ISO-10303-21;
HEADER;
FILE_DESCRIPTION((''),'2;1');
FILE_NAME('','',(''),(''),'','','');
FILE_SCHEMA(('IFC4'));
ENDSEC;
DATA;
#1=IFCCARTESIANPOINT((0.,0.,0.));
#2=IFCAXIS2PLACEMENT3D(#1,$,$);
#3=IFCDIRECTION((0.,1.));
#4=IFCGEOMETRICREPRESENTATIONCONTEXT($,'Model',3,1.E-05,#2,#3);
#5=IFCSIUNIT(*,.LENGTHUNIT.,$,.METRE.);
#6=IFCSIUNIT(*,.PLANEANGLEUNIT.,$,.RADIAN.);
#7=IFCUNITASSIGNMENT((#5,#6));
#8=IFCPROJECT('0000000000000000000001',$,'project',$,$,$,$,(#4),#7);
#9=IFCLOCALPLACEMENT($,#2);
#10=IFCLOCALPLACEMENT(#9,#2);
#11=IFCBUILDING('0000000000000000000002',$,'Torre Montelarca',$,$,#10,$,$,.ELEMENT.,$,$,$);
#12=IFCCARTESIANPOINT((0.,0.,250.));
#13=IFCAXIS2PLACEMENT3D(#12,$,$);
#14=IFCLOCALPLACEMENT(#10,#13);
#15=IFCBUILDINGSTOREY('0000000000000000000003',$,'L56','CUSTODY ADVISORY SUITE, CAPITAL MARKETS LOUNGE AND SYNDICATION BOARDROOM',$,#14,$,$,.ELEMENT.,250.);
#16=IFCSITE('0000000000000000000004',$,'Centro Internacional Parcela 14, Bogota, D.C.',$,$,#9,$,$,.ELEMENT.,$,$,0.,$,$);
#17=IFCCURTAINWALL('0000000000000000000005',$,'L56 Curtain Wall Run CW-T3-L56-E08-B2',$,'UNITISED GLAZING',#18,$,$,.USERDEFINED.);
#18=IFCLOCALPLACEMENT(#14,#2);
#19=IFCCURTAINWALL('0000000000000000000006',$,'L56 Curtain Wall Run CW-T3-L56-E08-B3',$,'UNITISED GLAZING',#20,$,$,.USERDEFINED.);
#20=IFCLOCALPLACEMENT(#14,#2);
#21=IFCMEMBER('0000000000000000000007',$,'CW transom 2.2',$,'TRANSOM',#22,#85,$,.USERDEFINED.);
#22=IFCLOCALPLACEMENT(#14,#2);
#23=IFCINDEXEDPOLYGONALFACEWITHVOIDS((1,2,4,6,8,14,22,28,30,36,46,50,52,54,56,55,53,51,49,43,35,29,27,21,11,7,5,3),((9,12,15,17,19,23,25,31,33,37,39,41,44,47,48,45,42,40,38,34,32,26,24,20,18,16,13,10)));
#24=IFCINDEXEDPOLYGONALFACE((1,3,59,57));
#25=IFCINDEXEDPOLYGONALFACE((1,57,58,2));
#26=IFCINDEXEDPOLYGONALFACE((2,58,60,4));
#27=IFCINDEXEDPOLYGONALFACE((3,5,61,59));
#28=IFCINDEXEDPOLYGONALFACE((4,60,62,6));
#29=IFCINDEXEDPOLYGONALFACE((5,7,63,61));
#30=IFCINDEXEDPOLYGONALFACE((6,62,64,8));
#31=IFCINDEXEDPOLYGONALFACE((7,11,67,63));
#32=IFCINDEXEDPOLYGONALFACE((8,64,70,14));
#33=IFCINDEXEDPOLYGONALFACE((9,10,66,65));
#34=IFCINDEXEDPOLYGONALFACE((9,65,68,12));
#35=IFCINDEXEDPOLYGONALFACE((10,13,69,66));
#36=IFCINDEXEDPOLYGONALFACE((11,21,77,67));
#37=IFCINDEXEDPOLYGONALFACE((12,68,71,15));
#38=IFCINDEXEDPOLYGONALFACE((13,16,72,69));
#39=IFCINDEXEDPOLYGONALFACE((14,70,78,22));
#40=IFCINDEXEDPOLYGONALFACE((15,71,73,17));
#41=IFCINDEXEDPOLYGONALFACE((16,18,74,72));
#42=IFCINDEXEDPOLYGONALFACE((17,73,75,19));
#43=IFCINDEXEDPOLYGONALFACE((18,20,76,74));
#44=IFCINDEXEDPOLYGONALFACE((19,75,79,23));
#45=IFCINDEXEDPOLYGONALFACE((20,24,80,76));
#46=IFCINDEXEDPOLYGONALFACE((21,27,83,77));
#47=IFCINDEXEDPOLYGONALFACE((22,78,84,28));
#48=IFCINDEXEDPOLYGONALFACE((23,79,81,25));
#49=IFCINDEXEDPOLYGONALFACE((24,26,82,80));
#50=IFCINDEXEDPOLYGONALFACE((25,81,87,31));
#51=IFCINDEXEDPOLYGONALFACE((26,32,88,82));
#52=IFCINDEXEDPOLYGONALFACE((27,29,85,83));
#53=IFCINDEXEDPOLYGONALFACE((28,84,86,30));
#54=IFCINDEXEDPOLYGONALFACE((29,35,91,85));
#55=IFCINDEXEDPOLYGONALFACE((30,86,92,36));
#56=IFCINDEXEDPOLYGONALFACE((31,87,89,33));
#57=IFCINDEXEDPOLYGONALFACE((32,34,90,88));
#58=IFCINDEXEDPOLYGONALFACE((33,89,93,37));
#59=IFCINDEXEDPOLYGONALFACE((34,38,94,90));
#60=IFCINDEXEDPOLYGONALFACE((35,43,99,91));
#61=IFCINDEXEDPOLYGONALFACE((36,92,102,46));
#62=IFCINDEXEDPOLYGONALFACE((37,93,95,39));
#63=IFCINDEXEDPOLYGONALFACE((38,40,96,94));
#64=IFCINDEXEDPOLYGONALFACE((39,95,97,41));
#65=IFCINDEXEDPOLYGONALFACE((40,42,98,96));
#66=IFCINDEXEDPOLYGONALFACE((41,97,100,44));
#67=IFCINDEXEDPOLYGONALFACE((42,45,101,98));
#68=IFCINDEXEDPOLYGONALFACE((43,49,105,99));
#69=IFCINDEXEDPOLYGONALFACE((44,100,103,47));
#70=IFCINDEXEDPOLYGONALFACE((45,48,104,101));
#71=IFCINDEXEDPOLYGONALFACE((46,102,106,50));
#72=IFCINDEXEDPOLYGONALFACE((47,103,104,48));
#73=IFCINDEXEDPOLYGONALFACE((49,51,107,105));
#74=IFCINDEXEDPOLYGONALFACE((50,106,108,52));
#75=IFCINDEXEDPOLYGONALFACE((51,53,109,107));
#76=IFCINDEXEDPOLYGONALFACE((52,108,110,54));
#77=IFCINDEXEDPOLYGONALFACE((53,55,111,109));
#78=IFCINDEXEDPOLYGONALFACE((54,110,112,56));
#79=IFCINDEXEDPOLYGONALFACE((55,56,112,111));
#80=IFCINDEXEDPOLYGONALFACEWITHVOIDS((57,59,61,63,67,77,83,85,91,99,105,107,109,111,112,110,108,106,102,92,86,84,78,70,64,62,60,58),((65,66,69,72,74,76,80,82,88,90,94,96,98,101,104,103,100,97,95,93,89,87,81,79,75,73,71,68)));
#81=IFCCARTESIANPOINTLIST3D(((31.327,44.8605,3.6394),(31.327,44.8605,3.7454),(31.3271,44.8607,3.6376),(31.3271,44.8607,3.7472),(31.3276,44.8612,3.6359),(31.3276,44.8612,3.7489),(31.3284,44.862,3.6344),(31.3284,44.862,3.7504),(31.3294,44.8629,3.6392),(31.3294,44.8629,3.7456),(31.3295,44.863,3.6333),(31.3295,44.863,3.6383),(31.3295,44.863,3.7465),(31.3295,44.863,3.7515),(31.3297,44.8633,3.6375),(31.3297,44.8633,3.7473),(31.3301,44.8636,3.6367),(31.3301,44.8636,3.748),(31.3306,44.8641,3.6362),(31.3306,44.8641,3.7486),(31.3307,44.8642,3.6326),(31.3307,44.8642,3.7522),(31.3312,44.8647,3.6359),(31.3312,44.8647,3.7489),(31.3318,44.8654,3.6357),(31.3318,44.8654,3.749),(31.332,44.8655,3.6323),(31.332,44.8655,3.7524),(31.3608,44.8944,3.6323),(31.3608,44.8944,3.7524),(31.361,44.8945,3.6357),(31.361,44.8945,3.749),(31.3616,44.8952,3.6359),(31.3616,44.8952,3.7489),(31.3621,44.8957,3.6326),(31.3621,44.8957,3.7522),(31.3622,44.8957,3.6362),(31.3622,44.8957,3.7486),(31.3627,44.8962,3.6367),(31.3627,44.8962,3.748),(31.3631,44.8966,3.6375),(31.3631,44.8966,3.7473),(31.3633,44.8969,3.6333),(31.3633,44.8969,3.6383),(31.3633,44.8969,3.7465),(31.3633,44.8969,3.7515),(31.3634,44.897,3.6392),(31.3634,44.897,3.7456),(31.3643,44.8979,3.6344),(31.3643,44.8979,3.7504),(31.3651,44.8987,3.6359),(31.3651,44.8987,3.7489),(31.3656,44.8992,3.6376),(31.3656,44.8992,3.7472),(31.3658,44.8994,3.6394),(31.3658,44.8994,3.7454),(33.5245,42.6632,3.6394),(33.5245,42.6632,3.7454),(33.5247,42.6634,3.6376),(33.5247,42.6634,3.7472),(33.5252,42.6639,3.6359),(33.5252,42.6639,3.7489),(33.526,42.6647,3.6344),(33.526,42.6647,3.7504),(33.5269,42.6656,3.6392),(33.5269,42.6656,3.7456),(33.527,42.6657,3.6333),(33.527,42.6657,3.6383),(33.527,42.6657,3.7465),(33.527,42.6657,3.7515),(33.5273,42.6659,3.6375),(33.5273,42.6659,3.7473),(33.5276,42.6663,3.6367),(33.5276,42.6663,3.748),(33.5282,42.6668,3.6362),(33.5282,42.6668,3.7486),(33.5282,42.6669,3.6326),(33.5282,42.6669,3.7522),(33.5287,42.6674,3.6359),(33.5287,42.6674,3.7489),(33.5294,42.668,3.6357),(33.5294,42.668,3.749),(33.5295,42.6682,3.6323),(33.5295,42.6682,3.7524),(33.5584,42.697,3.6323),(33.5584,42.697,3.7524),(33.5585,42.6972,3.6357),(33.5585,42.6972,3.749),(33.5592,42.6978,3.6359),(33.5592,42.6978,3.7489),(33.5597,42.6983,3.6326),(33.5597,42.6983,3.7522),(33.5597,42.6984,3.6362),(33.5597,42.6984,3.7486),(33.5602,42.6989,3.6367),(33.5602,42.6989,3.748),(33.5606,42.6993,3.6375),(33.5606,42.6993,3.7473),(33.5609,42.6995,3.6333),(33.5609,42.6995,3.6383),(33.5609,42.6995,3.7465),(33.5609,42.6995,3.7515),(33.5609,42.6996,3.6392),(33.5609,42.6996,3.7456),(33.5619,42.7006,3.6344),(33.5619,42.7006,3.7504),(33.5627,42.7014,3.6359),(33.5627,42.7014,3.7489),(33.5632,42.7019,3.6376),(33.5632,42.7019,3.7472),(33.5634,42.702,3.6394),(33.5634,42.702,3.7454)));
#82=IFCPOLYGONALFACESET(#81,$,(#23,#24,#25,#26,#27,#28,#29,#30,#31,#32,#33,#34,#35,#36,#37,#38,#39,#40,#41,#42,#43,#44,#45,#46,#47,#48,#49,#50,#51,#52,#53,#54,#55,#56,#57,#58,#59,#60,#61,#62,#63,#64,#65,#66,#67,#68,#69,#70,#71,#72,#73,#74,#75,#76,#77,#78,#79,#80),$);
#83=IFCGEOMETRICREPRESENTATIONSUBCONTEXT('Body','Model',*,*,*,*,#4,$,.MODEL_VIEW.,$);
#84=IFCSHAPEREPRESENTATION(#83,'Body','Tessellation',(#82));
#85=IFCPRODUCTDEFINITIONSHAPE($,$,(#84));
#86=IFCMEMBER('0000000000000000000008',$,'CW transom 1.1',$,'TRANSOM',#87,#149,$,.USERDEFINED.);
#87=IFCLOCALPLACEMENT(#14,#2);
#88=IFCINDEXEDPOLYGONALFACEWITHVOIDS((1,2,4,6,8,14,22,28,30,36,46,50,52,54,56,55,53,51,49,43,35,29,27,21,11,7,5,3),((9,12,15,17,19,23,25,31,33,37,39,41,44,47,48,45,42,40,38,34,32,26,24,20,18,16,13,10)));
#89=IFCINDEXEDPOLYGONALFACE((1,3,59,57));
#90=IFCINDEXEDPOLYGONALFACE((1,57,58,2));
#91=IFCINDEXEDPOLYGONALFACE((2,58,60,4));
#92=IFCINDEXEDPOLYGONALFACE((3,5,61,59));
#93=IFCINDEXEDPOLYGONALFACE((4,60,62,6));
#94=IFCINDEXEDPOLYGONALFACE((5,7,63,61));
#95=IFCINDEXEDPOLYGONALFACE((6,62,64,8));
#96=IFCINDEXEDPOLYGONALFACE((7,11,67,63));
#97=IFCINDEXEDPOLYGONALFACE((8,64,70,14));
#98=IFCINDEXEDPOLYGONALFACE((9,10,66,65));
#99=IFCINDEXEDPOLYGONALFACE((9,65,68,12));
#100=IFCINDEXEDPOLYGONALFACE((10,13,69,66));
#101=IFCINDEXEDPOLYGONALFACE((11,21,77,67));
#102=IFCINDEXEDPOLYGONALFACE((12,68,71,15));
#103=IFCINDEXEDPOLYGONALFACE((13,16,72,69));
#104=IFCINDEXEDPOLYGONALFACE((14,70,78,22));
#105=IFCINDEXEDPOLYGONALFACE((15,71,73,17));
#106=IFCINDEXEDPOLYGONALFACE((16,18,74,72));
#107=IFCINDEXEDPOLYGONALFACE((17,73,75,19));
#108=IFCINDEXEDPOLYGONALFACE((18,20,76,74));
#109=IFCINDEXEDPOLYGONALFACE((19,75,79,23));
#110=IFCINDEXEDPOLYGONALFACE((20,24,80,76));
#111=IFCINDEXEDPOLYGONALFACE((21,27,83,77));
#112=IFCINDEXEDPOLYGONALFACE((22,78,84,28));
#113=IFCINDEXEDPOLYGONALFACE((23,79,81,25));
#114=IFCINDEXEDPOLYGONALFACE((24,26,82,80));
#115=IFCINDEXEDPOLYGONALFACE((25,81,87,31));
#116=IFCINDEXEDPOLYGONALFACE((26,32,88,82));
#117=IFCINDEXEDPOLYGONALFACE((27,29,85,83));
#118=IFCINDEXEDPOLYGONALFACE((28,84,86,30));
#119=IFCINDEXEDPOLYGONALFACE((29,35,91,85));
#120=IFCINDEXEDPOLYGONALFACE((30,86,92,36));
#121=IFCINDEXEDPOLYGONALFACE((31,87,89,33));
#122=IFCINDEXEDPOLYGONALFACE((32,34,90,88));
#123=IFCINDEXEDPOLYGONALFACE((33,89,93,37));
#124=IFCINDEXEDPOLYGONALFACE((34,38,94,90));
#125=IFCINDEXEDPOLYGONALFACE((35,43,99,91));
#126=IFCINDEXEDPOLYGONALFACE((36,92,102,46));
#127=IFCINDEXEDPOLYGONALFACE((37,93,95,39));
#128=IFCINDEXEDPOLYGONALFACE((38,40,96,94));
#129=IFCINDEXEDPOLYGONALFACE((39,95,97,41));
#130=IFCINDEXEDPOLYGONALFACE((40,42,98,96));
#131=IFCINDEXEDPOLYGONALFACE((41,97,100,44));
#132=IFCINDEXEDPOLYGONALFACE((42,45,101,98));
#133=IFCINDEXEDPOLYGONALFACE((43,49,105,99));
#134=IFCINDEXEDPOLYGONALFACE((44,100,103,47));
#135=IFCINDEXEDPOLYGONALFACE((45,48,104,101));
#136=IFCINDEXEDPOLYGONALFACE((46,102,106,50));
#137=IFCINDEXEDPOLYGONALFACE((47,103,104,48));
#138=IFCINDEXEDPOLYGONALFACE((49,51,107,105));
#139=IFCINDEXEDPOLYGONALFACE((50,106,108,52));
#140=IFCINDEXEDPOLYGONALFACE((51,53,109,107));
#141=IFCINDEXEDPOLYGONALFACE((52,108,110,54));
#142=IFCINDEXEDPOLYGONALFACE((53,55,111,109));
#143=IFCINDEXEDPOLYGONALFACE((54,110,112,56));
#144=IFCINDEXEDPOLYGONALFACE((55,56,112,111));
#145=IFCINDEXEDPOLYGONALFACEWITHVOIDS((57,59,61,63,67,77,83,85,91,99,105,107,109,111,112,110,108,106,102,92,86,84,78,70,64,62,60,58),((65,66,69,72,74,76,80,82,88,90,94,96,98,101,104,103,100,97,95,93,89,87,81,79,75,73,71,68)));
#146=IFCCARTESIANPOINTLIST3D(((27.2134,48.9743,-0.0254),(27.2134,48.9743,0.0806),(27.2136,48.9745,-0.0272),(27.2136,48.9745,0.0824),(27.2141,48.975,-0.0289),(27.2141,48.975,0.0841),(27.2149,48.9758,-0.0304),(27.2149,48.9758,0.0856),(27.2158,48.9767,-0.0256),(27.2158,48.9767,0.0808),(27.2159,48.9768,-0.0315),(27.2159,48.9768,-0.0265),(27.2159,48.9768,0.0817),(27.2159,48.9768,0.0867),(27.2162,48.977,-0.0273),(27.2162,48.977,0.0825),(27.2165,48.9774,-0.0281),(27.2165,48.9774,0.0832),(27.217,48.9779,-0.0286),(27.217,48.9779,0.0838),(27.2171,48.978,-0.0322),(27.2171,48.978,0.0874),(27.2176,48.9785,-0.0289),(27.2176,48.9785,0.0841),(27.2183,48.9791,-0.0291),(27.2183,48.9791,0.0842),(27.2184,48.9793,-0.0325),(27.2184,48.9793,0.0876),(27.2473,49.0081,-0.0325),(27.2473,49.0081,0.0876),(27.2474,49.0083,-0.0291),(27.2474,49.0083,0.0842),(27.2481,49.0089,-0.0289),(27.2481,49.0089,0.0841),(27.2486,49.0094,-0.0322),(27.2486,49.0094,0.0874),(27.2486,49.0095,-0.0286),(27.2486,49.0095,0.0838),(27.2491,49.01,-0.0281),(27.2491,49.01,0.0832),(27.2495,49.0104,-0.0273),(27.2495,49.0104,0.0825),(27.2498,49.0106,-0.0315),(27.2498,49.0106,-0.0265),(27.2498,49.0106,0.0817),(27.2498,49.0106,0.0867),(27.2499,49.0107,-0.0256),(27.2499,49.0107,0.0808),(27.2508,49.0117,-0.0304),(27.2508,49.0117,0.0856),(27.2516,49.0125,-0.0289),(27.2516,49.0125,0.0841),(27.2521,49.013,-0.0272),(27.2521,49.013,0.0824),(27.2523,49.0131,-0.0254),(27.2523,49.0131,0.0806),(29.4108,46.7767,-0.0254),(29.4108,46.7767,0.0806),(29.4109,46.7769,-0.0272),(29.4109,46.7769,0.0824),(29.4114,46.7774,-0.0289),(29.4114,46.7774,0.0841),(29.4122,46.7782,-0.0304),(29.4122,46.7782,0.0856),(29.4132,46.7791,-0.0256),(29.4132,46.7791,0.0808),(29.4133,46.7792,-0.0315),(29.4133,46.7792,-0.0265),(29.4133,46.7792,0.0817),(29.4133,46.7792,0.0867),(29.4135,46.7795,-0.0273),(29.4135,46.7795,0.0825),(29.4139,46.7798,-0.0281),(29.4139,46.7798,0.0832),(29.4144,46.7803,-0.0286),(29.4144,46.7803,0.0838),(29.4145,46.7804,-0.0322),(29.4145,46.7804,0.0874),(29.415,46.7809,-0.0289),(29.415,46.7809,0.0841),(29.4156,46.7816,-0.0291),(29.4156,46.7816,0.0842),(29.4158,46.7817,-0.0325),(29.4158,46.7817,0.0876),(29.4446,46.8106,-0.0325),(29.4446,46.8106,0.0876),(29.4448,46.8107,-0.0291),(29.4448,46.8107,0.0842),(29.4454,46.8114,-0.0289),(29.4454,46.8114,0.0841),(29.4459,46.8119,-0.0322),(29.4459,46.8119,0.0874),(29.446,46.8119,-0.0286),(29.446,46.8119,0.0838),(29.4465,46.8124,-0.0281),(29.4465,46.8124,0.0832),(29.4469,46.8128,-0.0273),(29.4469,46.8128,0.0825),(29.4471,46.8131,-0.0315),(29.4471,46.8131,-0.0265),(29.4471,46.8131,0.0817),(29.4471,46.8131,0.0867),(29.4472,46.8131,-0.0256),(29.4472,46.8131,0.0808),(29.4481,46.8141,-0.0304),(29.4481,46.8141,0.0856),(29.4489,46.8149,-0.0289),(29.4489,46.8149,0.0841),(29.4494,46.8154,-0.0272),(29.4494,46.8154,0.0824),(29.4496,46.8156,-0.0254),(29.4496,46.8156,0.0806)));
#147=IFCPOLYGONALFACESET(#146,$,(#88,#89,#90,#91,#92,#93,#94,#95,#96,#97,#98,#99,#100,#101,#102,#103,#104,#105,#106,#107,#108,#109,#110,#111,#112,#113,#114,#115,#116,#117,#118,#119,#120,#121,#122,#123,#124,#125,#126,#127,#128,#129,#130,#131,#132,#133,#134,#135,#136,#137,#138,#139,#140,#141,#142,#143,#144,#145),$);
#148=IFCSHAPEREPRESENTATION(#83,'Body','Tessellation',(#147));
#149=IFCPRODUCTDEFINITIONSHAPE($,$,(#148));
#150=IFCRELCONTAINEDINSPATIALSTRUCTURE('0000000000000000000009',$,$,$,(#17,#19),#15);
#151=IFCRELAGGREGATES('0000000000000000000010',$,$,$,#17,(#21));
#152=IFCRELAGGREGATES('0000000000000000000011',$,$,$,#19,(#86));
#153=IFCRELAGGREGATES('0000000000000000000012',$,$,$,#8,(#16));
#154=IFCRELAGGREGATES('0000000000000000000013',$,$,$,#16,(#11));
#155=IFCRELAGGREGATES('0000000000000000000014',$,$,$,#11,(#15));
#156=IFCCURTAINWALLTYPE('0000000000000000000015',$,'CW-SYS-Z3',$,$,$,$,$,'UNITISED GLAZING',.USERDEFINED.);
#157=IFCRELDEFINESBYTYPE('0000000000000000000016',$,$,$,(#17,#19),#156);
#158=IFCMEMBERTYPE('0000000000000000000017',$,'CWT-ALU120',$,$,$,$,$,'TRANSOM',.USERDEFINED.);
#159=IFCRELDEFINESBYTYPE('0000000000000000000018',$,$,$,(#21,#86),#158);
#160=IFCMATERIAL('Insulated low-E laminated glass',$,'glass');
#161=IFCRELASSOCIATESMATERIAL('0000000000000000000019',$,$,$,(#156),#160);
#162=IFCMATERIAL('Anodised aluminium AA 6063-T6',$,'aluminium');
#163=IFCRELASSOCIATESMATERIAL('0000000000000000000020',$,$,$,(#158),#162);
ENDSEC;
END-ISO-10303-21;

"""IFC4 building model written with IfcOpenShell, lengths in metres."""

from ifc_helpers import new_model, si_unit, direction, frame, origin, origin_2d, place, context, subcontext, project, spatial, hollow_rectangle, extrude, source, transform, mapped, material, material_profile, profile_set, type_object, element, aggregate, save


model = new_model("IFC4")

# Units and contexts
model_context = context("Model", 3, precision=1e-05, world=origin(), true_north=direction((0.0, 1.0)))
body_context = subcontext(model_context, "Body", "Model", "MODEL_VIEW")
ifc_project = project(units=[si_unit("LENGTHUNIT", "METRE"), si_unit("PLANEANGLEUNIT", "RADIAN")], contexts=[model_context])

# Site, building, storey
site_placement = place(None, origin())
site = spatial("IfcSite", under=ifc_project, at=site_placement, Name="Centro Internacional Parcela 14, Bogota, D.C.", CompositionType="ELEMENT", RefElevation=0.0)
building_placement = place(site_placement, origin())
building = spatial("IfcBuilding", under=site, at=building_placement, Name="Torre Montelarca", CompositionType="ELEMENT")
storey_placement = place(building_placement, frame((0.0, 0.0, 250.0)))
storey = spatial("IfcBuildingStorey", under=building, at=storey_placement, Name="L56", Description="CUSTODY ADVISORY SUITE, CAPITAL MARKETS LOUNGE AND SYNDICATION BOARDROOM", CompositionType="ELEMENT", Elevation=250.0)

# Curtain walls
ifc_material_1 = material(Name="Insulated low-E laminated glass", Category="glass")
curtain_wall_type = type_object("IfcCurtainWallType", Name="CW-SYS-Z3", ElementType="UNITISED GLAZING", PredefinedType="USERDEFINED", material=ifc_material_1)
curtain_wall_1_placement = place(storey_placement, origin())
curtain_wall_1 = element("IfcCurtainWall", 1, at=curtain_wall_1_placement, inside=storey, type_object=curtain_wall_type, Name="L56 Curtain Wall Run CW-T3-L56-E08-B2", ObjectType="UNITISED GLAZING", PredefinedType="USERDEFINED")
ifc_material_2 = material(Name="Anodised aluminium AA 6063-T6", Category="aluminium")
curtain_wall_2_placement = place(storey_placement, origin())
curtain_wall_2 = element("IfcCurtainWall", 2, at=curtain_wall_2_placement, inside=storey, type_object=curtain_wall_type, Name="L56 Curtain Wall Run CW-T3-L56-E08-B3", ObjectType="UNITISED GLAZING", PredefinedType="USERDEFINED")

# Members
ifc_material_profile_1 = material_profile(ifc_material_2, hollow_rectangle(XDim=0.0549, YDim=0.1201, WallThickness=0.0034, InnerFilletRadius=0.0034, OuterFilletRadius=0.0071, at=origin_2d()), Name="ALU55X120X3.5", Category="aluminium")
ifc_profile_set_1 = profile_set([ifc_material_profile_1], Name="Anodised aluminium AA 6063-T6")
member_type_1 = type_object("IfcMemberType", Name="CWT-ALU120", ElementType="TRANSOM", PredefinedType="USERDEFINED", material=ifc_profile_set_1)
shared_shape_1 = source(origin(), body_context, "Body", "SweptSolid", [
    extrude(hollow_rectangle(XDim=0.0549, YDim=0.1201, WallThickness=0.0034, InnerFilletRadius=0.0034, OuterFilletRadius=0.0071, at=origin_2d()), origin(), (0.0, 0.0, 1.0), 3.1077),
])
member_1_placement = place(storey_placement, frame((33.5439, 42.6826, 3.6924), z_axis=(-0.707146, 0.707067, 0.0), x_axis=(-0.707067, -0.707146, 0.0)))
member_1 = element("IfcMember", 3, at=member_1_placement, type_object=member_type_1, Name="CW transom 2.2", ObjectType="TRANSOM", PredefinedType="USERDEFINED", context=body_context, shape_type="MappedRepresentation", body=[
    mapped(shared_shape_1, transform((0.0, 0.0, 0.0), scale=1.0)),
])
member_2_placement = place(storey_placement, frame((29.4302, 46.7961, 0.0276), z_axis=(-0.707067, 0.707146, 0.0), x_axis=(-0.707146, -0.707067, 0.0)))
member_2 = element("IfcMember", 4, at=member_2_placement, type_object=member_type_1, Name="CW transom 1.1", ObjectType="TRANSOM", PredefinedType="USERDEFINED", context=body_context, shape_type="MappedRepresentation", body=[
    mapped(shared_shape_1, transform((0.0, 0.0, 0.0), scale=1.0)),
])

aggregate(curtain_wall_1, [member_1])
aggregate(curtain_wall_2, [member_2])

save(model, "model.ifc")
